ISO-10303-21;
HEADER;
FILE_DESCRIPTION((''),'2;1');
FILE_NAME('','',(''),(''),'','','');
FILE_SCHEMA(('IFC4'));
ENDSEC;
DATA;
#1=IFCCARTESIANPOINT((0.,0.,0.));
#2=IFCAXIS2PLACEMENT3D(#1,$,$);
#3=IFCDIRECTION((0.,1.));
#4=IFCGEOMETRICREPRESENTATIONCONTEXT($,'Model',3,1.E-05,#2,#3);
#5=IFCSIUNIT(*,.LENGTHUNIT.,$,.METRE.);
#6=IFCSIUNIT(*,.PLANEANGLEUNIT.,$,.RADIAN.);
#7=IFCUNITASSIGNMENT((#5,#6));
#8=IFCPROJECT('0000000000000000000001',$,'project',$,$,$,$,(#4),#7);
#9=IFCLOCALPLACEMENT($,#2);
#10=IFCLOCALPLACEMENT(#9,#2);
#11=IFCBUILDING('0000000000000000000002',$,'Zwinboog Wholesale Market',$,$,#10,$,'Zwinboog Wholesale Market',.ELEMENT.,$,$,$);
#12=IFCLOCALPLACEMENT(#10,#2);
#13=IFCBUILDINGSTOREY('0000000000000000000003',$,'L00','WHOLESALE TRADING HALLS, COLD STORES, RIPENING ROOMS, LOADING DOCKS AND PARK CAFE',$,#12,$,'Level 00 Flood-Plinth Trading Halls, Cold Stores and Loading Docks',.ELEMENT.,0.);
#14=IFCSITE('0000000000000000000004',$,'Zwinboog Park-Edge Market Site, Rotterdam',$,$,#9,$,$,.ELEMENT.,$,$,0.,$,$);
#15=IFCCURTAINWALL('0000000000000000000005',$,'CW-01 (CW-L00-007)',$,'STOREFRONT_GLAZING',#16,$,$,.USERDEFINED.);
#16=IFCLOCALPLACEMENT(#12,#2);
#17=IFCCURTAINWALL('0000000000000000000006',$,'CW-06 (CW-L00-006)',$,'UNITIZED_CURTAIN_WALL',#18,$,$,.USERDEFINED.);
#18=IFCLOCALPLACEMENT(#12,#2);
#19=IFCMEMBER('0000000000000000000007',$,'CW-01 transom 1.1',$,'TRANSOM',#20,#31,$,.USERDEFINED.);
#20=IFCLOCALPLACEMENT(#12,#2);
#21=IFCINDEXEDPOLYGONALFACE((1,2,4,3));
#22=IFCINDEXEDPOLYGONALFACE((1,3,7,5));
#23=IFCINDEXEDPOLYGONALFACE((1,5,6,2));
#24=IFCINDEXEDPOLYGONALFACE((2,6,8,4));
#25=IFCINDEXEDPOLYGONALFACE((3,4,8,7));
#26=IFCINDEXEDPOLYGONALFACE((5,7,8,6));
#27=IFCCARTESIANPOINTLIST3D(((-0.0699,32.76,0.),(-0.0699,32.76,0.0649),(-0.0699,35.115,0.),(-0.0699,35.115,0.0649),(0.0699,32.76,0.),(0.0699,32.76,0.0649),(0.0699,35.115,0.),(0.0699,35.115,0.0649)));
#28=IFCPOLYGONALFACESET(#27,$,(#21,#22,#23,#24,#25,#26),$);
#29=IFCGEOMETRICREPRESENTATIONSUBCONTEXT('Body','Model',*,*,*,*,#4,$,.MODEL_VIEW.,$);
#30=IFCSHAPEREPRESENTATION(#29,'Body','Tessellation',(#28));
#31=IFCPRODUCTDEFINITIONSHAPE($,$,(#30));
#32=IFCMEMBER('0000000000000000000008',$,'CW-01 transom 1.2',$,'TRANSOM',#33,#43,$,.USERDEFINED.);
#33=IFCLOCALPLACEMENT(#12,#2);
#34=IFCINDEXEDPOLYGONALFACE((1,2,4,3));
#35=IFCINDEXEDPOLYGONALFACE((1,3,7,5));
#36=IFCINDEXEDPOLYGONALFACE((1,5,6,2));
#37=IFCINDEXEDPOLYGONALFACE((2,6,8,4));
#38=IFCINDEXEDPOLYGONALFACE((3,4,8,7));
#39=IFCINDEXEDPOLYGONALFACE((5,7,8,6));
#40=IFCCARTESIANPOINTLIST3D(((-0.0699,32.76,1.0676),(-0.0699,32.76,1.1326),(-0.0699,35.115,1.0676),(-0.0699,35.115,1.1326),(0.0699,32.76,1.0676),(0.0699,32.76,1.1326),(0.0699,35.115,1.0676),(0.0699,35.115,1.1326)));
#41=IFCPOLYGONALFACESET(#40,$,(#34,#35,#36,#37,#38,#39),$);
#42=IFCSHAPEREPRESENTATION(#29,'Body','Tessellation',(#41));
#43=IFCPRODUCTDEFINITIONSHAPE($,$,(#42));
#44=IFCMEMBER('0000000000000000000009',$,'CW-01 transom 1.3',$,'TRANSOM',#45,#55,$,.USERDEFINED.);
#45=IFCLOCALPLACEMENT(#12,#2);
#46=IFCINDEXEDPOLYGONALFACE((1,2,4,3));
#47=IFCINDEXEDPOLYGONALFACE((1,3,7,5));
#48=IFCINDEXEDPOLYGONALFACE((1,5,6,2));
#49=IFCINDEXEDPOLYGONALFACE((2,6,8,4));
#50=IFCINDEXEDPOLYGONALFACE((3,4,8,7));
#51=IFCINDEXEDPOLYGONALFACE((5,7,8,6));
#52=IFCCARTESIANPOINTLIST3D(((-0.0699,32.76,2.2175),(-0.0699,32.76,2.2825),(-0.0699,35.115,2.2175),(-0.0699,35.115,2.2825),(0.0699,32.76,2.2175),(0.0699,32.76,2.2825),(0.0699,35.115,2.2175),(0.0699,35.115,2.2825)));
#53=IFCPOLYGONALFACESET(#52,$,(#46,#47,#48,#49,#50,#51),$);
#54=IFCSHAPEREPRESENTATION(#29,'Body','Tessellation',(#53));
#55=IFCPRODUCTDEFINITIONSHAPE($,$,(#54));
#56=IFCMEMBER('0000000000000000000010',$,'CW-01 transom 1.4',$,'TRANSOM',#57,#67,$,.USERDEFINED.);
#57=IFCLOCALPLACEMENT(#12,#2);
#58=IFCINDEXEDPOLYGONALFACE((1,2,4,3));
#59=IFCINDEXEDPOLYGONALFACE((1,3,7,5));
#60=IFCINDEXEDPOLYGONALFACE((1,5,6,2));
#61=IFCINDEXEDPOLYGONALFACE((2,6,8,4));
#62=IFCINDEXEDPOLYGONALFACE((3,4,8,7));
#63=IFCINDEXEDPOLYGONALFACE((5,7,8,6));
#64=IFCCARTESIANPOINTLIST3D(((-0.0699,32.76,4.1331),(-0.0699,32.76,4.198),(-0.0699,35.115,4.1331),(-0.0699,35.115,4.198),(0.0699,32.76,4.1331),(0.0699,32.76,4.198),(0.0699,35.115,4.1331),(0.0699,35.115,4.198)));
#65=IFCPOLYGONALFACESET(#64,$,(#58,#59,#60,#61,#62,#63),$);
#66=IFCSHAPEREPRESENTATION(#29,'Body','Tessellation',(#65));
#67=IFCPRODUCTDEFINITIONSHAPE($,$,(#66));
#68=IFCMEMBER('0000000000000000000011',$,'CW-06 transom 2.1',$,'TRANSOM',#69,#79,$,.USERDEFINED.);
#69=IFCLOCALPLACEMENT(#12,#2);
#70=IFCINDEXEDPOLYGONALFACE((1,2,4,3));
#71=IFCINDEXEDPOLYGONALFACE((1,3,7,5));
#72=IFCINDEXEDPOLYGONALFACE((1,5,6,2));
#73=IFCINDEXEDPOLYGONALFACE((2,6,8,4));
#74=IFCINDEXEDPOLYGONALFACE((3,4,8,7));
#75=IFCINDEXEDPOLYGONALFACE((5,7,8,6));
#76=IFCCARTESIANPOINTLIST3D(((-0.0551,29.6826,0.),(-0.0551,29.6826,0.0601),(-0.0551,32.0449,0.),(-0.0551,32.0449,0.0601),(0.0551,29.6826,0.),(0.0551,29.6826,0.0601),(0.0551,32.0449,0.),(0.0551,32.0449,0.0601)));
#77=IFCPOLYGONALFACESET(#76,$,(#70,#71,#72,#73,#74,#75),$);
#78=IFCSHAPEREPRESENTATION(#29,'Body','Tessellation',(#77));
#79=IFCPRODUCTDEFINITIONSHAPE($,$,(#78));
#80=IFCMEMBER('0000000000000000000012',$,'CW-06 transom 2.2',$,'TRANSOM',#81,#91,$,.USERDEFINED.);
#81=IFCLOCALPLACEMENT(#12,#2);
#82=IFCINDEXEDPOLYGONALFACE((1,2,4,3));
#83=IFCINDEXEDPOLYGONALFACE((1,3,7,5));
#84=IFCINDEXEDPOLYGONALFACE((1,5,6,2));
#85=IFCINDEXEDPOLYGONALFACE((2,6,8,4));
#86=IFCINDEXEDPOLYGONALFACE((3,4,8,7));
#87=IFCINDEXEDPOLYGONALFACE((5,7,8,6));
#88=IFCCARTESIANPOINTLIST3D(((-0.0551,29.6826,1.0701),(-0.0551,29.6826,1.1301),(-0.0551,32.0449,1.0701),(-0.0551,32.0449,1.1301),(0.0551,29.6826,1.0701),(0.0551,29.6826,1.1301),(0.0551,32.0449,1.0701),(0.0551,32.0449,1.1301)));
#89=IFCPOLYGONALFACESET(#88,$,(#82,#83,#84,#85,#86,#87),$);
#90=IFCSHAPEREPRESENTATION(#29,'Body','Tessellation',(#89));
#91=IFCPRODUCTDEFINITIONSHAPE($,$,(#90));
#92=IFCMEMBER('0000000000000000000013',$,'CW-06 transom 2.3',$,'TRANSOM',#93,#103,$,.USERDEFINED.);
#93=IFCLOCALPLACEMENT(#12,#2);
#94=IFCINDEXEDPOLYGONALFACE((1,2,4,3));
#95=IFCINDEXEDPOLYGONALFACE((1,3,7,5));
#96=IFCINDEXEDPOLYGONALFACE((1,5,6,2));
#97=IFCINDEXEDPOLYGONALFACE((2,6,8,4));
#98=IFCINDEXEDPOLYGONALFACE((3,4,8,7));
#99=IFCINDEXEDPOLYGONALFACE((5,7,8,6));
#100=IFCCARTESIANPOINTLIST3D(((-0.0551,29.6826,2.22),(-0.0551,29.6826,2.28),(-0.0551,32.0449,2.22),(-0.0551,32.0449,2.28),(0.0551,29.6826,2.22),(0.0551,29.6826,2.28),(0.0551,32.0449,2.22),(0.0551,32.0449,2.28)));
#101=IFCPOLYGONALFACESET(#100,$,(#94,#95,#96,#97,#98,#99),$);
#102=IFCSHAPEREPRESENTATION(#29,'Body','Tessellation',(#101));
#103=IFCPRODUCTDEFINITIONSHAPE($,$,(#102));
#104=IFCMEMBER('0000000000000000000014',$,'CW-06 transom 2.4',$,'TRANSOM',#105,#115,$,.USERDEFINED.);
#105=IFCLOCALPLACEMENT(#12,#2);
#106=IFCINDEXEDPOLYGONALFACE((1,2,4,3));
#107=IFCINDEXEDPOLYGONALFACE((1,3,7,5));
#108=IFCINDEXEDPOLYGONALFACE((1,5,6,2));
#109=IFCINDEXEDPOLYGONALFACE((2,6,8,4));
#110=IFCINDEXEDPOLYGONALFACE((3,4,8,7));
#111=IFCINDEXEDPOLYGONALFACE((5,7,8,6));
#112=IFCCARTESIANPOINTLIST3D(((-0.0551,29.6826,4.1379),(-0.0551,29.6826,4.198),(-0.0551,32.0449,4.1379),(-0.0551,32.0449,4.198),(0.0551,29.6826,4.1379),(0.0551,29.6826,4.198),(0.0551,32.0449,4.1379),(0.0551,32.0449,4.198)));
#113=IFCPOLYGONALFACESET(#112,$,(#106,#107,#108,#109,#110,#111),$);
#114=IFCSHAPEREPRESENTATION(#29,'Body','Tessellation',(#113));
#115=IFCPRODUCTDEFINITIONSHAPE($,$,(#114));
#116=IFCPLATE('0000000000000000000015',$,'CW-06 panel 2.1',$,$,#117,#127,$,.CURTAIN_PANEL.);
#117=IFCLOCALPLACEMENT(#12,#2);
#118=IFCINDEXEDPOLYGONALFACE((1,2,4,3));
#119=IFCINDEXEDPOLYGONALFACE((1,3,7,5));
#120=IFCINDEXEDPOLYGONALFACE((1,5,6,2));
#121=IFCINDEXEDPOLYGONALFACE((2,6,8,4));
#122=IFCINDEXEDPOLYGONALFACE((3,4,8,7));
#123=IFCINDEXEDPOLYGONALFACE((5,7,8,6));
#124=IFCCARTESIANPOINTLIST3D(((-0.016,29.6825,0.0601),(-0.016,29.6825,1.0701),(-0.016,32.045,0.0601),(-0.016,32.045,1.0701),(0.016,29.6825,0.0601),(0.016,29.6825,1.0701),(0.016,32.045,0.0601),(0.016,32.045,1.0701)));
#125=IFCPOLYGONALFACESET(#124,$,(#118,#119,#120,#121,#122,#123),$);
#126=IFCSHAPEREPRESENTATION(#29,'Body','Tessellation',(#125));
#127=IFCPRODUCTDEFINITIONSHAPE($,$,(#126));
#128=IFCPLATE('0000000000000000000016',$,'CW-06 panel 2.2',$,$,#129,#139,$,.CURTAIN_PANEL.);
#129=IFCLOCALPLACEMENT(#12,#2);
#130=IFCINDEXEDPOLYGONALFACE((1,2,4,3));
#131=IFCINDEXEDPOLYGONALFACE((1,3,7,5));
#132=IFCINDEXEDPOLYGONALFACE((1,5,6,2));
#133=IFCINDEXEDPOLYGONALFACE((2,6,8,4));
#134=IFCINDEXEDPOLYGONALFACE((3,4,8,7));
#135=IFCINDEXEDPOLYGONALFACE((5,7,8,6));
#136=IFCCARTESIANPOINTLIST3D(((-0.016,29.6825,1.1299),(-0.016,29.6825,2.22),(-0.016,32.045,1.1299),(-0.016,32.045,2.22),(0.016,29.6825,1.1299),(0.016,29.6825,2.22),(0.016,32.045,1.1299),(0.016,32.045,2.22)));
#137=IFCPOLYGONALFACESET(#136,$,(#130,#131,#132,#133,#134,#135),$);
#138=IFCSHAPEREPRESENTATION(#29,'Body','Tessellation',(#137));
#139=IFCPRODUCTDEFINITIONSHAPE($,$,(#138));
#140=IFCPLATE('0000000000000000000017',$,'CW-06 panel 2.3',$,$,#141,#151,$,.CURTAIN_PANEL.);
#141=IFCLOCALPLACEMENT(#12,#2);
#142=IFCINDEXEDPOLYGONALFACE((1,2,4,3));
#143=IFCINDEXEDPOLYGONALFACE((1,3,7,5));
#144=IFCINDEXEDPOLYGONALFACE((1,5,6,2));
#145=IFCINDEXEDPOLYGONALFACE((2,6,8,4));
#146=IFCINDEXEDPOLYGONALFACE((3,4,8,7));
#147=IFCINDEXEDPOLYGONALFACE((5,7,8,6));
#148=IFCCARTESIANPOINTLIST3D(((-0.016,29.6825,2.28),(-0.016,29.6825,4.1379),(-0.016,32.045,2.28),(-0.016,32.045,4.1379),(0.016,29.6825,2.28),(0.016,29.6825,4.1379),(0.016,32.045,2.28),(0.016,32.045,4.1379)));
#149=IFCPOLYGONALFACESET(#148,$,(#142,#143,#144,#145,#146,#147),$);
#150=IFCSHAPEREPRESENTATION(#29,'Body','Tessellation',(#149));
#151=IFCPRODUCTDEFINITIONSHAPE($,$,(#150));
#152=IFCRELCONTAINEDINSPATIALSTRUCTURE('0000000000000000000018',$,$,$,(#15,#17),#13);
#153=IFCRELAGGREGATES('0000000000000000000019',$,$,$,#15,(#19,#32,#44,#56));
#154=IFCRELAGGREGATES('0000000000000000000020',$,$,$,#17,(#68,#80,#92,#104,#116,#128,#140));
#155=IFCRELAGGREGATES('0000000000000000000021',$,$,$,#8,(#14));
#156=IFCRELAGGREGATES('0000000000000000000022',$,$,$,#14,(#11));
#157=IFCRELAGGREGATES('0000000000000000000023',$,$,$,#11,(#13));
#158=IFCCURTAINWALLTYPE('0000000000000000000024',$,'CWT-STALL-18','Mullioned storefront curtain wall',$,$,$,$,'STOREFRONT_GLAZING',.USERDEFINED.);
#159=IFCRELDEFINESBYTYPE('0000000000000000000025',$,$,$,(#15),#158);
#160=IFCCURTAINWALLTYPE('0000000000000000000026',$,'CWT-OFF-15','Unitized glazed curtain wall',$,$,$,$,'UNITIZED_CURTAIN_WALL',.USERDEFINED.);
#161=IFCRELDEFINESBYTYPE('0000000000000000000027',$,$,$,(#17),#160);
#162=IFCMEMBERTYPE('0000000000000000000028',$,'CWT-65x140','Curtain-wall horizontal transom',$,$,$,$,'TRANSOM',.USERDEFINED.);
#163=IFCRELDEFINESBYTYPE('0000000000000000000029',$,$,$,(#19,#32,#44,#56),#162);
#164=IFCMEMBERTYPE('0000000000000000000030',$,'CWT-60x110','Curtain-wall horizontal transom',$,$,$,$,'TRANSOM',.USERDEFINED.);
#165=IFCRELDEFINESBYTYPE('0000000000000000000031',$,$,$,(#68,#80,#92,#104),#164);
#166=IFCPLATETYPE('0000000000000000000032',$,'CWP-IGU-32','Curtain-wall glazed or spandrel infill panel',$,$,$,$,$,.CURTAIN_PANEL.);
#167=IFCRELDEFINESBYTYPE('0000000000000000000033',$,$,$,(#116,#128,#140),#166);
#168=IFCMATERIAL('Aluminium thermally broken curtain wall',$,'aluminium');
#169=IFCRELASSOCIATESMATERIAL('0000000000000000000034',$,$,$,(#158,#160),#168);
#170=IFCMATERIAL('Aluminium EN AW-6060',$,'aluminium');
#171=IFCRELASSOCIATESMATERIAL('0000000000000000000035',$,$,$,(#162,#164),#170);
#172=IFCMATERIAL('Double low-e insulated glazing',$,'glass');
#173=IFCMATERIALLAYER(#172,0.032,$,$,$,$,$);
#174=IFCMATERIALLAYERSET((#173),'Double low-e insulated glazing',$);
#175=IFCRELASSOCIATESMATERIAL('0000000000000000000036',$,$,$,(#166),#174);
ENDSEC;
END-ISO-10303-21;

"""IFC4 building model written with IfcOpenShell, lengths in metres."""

from ifc_helpers import new_model, si_unit, direction, frame, origin, origin_2d, place, context, subcontext, project, spatial, rectangle, extrude, material, layer, layer_set, material_profile, profile_set, type_object, element, aggregate, save


model = new_model("IFC4")

# Units and contexts
model_context = context("Model", 3, precision=1e-05, world=origin(), true_north=direction((0.0, 1.0)))
body_context = subcontext(model_context, "Body", "Model", "MODEL_VIEW")
ifc_project = project(units=[si_unit("LENGTHUNIT", "METRE"), si_unit("PLANEANGLEUNIT", "RADIAN")], contexts=[model_context])

# Site, building, storey
site_placement = place(None, origin())
site = spatial("IfcSite", under=ifc_project, at=site_placement, Name="Zwinboog Park-Edge Market Site, Rotterdam", CompositionType="ELEMENT", RefElevation=0.0)
building_placement = place(site_placement, origin())
building = spatial("IfcBuilding", under=site, at=building_placement, Name="Zwinboog Wholesale Market", LongName="Zwinboog Wholesale Market", CompositionType="ELEMENT")
storey_placement = place(building_placement, origin())
storey = spatial("IfcBuildingStorey", under=building, at=storey_placement, Name="L00", Description="WHOLESALE TRADING HALLS, COLD STORES, RIPENING ROOMS, LOADING DOCKS AND PARK CAFE", LongName="Level 00 Flood-Plinth Trading Halls, Cold Stores and Loading Docks", CompositionType="ELEMENT", Elevation=0.0)

# Curtain wall
ifc_material_1 = material(Name="Aluminium thermally broken curtain wall", Category="aluminium")
curtain_wall_type_1 = type_object("IfcCurtainWallType", Name="CWT-STALL-18", Description="Mullioned storefront curtain wall", ElementType="STOREFRONT_GLAZING", PredefinedType="USERDEFINED", material=ifc_material_1)
curtain_wall_1_placement = place(storey_placement, origin())
curtain_wall_1 = element("IfcCurtainWall", 1, at=curtain_wall_1_placement, inside=storey, type_object=curtain_wall_type_1, Name="CW-01 (CW-L00-007)", ObjectType="STOREFRONT_GLAZING", PredefinedType="USERDEFINED")
ifc_material_2 = material(Name="Aluminium EN AW-6060", Category="aluminium")

# Curtain wall
curtain_wall_type_2 = type_object("IfcCurtainWallType", Name="CWT-OFF-15", Description="Unitized glazed curtain wall", ElementType="UNITIZED_CURTAIN_WALL", PredefinedType="USERDEFINED", material=ifc_material_1)
curtain_wall_2_placement = place(storey_placement, origin())
curtain_wall_2 = element("IfcCurtainWall", 2, at=curtain_wall_2_placement, inside=storey, type_object=curtain_wall_type_2, Name="CW-06 (CW-L00-006)", ObjectType="UNITIZED_CURTAIN_WALL", PredefinedType="USERDEFINED")

# Members
ifc_material_profile_1 = material_profile(ifc_material_2, rectangle(XDim=0.1399, YDim=0.0649, at=origin_2d()), Name="AL 65x140")
ifc_profile_set_1 = profile_set([ifc_material_profile_1], Name="Aluminium EN AW-6060")
member_type_1 = type_object("IfcMemberType", Name="CWT-65x140", Description="Curtain-wall horizontal transom", ElementType="TRANSOM", PredefinedType="USERDEFINED", material=ifc_profile_set_1)
member_1_placement = place(storey_placement, frame((0.0, 32.76, 0.0325), z_axis=(0.0, 1.0, 0.0), x_axis=(-1.0, 0.0, 0.0)))
member_1 = element("IfcMember", 3, at=member_1_placement, type_object=member_type_1, Name="CW-01 transom 1.1", ObjectType="TRANSOM", PredefinedType="USERDEFINED", context=body_context, shape_type="SweptSolid", body=[
    extrude(rectangle(XDim=0.1399, YDim=0.0649, at=origin_2d()), origin(), (0.0, 0.0, 1.0), 2.355),
])
member_2_placement = place(storey_placement, frame((0.0, 32.76, 1.1001), z_axis=(0.0, 1.0, 0.0), x_axis=(-1.0, 0.0, 0.0)))
member_2 = element("IfcMember", 4, at=member_2_placement, type_object=member_type_1, Name="CW-01 transom 1.2", ObjectType="TRANSOM", PredefinedType="USERDEFINED", context=body_context, shape_type="SweptSolid", body=[
    extrude(rectangle(XDim=0.1399, YDim=0.0649, at=origin_2d()), origin(), (0.0, 0.0, 1.0), 2.355),
])
member_3_placement = place(storey_placement, frame((0.0, 32.76, 2.25), z_axis=(0.0, 1.0, 0.0), x_axis=(-1.0, 0.0, 0.0)))
member_3 = element("IfcMember", 5, at=member_3_placement, type_object=member_type_1, Name="CW-01 transom 1.3", ObjectType="TRANSOM", PredefinedType="USERDEFINED", context=body_context, shape_type="SweptSolid", body=[
    extrude(rectangle(XDim=0.1399, YDim=0.0649, at=origin_2d()), origin(), (0.0, 0.0, 1.0), 2.355),
])
member_4_placement = place(storey_placement, frame((0.0, 32.76, 4.1655), z_axis=(0.0, 1.0, 0.0), x_axis=(-1.0, 0.0, 0.0)))
member_4 = element("IfcMember", 6, at=member_4_placement, type_object=member_type_1, Name="CW-01 transom 1.4", ObjectType="TRANSOM", PredefinedType="USERDEFINED", context=body_context, shape_type="SweptSolid", body=[
    extrude(rectangle(XDim=0.1399, YDim=0.0649, at=origin_2d()), origin(), (0.0, 0.0, 1.0), 2.355),
])
aggregate(curtain_wall_1, [member_1, member_2, member_3, member_4])
ifc_material_profile_2 = material_profile(ifc_material_2, rectangle(XDim=0.1101, YDim=0.0601, at=origin_2d()), Name="AL 60x110")
ifc_profile_set_2 = profile_set([ifc_material_profile_2], Name="Aluminium EN AW-6060")
member_type_2 = type_object("IfcMemberType", Name="CWT-60x110", Description="Curtain-wall horizontal transom", ElementType="TRANSOM", PredefinedType="USERDEFINED", material=ifc_profile_set_2)
member_5_placement = place(storey_placement, frame((0.0, 29.6826, 0.03), z_axis=(0.0, 1.0, 0.0), x_axis=(-1.0, 0.0, 0.0)))
member_5 = element("IfcMember", 7, at=member_5_placement, type_object=member_type_2, Name="CW-06 transom 2.1", ObjectType="TRANSOM", PredefinedType="USERDEFINED", context=body_context, shape_type="SweptSolid", body=[
    extrude(rectangle(XDim=0.1101, YDim=0.0601, at=origin_2d()), origin(), (0.0, 0.0, 1.0), 2.3623),
])
member_6_placement = place(storey_placement, frame((0.0, 29.6826, 1.1001), z_axis=(0.0, 1.0, 0.0), x_axis=(-1.0, 0.0, 0.0)))
member_6 = element("IfcMember", 8, at=member_6_placement, type_object=member_type_2, Name="CW-06 transom 2.2", ObjectType="TRANSOM", PredefinedType="USERDEFINED", context=body_context, shape_type="SweptSolid", body=[
    extrude(rectangle(XDim=0.1101, YDim=0.0601, at=origin_2d()), origin(), (0.0, 0.0, 1.0), 2.3623),
])
member_7_placement = place(storey_placement, frame((0.0, 29.6826, 2.25), z_axis=(0.0, 1.0, 0.0), x_axis=(-1.0, 0.0, 0.0)))
member_7 = element("IfcMember", 9, at=member_7_placement, type_object=member_type_2, Name="CW-06 transom 2.3", ObjectType="TRANSOM", PredefinedType="USERDEFINED", context=body_context, shape_type="SweptSolid", body=[
    extrude(rectangle(XDim=0.1101, YDim=0.0601, at=origin_2d()), origin(), (0.0, 0.0, 1.0), 2.3623),
])
member_8_placement = place(storey_placement, frame((0.0, 29.6826, 4.168), z_axis=(0.0, 1.0, 0.0), x_axis=(-1.0, 0.0, 0.0)))
member_8 = element("IfcMember", 10, at=member_8_placement, type_object=member_type_2, Name="CW-06 transom 2.4", ObjectType="TRANSOM", PredefinedType="USERDEFINED", context=body_context, shape_type="SweptSolid", body=[
    extrude(rectangle(XDim=0.1101, YDim=0.0601, at=origin_2d()), origin(), (0.0, 0.0, 1.0), 2.3623),
])

# Plates
ifc_material_3 = material(Name="Double low-e insulated glazing", Category="glass")
ifc_layer = layer(ifc_material_3, 0.032)
ifc_layer_set = layer_set([ifc_layer], Name="Double low-e insulated glazing")
plate_type = type_object("IfcPlateType", Name="CWP-IGU-32", Description="Curtain-wall glazed or spandrel infill panel", PredefinedType="CURTAIN_PANEL", material=ifc_layer_set)
plate_1_placement = place(storey_placement, frame((0.0, 30.8638, 0.0601), z_axis=(0.0, 0.0, 1.0), x_axis=(0.0, 1.0, 0.0)))
plate_1 = element("IfcPlate", 11, at=plate_1_placement, type_object=plate_type, Name="CW-06 panel 2.1", PredefinedType="CURTAIN_PANEL", context=body_context, shape_type="SweptSolid", body=[
    extrude(rectangle(XDim=2.3625, YDim=0.032, at=origin_2d()), origin(), (0.0, 0.0, 1.0), 1.01),
])
plate_2_placement = place(storey_placement, frame((0.0, 30.8638, 1.1299), z_axis=(0.0, 0.0, 1.0), x_axis=(0.0, 1.0, 0.0)))
plate_2 = element("IfcPlate", 12, at=plate_2_placement, type_object=plate_type, Name="CW-06 panel 2.2", PredefinedType="CURTAIN_PANEL", context=body_context, shape_type="SweptSolid", body=[
    extrude(rectangle(XDim=2.3625, YDim=0.032, at=origin_2d()), origin(), (0.0, 0.0, 1.0), 1.0901),
])
plate_3_placement = place(storey_placement, frame((0.0, 30.8638, 2.28), z_axis=(0.0, 0.0, 1.0), x_axis=(0.0, 1.0, 0.0)))
plate_3 = element("IfcPlate", 13, at=plate_3_placement, type_object=plate_type, Name="CW-06 panel 2.3", PredefinedType="CURTAIN_PANEL", context=body_context, shape_type="SweptSolid", body=[
    extrude(rectangle(XDim=2.3625, YDim=0.032, at=origin_2d()), origin(), (0.0, 0.0, 1.0), 1.8579),
])
aggregate(curtain_wall_2, [member_5, member_6, member_7, member_8, plate_1, plate_2, plate_3])

save(model, "model.ifc")
